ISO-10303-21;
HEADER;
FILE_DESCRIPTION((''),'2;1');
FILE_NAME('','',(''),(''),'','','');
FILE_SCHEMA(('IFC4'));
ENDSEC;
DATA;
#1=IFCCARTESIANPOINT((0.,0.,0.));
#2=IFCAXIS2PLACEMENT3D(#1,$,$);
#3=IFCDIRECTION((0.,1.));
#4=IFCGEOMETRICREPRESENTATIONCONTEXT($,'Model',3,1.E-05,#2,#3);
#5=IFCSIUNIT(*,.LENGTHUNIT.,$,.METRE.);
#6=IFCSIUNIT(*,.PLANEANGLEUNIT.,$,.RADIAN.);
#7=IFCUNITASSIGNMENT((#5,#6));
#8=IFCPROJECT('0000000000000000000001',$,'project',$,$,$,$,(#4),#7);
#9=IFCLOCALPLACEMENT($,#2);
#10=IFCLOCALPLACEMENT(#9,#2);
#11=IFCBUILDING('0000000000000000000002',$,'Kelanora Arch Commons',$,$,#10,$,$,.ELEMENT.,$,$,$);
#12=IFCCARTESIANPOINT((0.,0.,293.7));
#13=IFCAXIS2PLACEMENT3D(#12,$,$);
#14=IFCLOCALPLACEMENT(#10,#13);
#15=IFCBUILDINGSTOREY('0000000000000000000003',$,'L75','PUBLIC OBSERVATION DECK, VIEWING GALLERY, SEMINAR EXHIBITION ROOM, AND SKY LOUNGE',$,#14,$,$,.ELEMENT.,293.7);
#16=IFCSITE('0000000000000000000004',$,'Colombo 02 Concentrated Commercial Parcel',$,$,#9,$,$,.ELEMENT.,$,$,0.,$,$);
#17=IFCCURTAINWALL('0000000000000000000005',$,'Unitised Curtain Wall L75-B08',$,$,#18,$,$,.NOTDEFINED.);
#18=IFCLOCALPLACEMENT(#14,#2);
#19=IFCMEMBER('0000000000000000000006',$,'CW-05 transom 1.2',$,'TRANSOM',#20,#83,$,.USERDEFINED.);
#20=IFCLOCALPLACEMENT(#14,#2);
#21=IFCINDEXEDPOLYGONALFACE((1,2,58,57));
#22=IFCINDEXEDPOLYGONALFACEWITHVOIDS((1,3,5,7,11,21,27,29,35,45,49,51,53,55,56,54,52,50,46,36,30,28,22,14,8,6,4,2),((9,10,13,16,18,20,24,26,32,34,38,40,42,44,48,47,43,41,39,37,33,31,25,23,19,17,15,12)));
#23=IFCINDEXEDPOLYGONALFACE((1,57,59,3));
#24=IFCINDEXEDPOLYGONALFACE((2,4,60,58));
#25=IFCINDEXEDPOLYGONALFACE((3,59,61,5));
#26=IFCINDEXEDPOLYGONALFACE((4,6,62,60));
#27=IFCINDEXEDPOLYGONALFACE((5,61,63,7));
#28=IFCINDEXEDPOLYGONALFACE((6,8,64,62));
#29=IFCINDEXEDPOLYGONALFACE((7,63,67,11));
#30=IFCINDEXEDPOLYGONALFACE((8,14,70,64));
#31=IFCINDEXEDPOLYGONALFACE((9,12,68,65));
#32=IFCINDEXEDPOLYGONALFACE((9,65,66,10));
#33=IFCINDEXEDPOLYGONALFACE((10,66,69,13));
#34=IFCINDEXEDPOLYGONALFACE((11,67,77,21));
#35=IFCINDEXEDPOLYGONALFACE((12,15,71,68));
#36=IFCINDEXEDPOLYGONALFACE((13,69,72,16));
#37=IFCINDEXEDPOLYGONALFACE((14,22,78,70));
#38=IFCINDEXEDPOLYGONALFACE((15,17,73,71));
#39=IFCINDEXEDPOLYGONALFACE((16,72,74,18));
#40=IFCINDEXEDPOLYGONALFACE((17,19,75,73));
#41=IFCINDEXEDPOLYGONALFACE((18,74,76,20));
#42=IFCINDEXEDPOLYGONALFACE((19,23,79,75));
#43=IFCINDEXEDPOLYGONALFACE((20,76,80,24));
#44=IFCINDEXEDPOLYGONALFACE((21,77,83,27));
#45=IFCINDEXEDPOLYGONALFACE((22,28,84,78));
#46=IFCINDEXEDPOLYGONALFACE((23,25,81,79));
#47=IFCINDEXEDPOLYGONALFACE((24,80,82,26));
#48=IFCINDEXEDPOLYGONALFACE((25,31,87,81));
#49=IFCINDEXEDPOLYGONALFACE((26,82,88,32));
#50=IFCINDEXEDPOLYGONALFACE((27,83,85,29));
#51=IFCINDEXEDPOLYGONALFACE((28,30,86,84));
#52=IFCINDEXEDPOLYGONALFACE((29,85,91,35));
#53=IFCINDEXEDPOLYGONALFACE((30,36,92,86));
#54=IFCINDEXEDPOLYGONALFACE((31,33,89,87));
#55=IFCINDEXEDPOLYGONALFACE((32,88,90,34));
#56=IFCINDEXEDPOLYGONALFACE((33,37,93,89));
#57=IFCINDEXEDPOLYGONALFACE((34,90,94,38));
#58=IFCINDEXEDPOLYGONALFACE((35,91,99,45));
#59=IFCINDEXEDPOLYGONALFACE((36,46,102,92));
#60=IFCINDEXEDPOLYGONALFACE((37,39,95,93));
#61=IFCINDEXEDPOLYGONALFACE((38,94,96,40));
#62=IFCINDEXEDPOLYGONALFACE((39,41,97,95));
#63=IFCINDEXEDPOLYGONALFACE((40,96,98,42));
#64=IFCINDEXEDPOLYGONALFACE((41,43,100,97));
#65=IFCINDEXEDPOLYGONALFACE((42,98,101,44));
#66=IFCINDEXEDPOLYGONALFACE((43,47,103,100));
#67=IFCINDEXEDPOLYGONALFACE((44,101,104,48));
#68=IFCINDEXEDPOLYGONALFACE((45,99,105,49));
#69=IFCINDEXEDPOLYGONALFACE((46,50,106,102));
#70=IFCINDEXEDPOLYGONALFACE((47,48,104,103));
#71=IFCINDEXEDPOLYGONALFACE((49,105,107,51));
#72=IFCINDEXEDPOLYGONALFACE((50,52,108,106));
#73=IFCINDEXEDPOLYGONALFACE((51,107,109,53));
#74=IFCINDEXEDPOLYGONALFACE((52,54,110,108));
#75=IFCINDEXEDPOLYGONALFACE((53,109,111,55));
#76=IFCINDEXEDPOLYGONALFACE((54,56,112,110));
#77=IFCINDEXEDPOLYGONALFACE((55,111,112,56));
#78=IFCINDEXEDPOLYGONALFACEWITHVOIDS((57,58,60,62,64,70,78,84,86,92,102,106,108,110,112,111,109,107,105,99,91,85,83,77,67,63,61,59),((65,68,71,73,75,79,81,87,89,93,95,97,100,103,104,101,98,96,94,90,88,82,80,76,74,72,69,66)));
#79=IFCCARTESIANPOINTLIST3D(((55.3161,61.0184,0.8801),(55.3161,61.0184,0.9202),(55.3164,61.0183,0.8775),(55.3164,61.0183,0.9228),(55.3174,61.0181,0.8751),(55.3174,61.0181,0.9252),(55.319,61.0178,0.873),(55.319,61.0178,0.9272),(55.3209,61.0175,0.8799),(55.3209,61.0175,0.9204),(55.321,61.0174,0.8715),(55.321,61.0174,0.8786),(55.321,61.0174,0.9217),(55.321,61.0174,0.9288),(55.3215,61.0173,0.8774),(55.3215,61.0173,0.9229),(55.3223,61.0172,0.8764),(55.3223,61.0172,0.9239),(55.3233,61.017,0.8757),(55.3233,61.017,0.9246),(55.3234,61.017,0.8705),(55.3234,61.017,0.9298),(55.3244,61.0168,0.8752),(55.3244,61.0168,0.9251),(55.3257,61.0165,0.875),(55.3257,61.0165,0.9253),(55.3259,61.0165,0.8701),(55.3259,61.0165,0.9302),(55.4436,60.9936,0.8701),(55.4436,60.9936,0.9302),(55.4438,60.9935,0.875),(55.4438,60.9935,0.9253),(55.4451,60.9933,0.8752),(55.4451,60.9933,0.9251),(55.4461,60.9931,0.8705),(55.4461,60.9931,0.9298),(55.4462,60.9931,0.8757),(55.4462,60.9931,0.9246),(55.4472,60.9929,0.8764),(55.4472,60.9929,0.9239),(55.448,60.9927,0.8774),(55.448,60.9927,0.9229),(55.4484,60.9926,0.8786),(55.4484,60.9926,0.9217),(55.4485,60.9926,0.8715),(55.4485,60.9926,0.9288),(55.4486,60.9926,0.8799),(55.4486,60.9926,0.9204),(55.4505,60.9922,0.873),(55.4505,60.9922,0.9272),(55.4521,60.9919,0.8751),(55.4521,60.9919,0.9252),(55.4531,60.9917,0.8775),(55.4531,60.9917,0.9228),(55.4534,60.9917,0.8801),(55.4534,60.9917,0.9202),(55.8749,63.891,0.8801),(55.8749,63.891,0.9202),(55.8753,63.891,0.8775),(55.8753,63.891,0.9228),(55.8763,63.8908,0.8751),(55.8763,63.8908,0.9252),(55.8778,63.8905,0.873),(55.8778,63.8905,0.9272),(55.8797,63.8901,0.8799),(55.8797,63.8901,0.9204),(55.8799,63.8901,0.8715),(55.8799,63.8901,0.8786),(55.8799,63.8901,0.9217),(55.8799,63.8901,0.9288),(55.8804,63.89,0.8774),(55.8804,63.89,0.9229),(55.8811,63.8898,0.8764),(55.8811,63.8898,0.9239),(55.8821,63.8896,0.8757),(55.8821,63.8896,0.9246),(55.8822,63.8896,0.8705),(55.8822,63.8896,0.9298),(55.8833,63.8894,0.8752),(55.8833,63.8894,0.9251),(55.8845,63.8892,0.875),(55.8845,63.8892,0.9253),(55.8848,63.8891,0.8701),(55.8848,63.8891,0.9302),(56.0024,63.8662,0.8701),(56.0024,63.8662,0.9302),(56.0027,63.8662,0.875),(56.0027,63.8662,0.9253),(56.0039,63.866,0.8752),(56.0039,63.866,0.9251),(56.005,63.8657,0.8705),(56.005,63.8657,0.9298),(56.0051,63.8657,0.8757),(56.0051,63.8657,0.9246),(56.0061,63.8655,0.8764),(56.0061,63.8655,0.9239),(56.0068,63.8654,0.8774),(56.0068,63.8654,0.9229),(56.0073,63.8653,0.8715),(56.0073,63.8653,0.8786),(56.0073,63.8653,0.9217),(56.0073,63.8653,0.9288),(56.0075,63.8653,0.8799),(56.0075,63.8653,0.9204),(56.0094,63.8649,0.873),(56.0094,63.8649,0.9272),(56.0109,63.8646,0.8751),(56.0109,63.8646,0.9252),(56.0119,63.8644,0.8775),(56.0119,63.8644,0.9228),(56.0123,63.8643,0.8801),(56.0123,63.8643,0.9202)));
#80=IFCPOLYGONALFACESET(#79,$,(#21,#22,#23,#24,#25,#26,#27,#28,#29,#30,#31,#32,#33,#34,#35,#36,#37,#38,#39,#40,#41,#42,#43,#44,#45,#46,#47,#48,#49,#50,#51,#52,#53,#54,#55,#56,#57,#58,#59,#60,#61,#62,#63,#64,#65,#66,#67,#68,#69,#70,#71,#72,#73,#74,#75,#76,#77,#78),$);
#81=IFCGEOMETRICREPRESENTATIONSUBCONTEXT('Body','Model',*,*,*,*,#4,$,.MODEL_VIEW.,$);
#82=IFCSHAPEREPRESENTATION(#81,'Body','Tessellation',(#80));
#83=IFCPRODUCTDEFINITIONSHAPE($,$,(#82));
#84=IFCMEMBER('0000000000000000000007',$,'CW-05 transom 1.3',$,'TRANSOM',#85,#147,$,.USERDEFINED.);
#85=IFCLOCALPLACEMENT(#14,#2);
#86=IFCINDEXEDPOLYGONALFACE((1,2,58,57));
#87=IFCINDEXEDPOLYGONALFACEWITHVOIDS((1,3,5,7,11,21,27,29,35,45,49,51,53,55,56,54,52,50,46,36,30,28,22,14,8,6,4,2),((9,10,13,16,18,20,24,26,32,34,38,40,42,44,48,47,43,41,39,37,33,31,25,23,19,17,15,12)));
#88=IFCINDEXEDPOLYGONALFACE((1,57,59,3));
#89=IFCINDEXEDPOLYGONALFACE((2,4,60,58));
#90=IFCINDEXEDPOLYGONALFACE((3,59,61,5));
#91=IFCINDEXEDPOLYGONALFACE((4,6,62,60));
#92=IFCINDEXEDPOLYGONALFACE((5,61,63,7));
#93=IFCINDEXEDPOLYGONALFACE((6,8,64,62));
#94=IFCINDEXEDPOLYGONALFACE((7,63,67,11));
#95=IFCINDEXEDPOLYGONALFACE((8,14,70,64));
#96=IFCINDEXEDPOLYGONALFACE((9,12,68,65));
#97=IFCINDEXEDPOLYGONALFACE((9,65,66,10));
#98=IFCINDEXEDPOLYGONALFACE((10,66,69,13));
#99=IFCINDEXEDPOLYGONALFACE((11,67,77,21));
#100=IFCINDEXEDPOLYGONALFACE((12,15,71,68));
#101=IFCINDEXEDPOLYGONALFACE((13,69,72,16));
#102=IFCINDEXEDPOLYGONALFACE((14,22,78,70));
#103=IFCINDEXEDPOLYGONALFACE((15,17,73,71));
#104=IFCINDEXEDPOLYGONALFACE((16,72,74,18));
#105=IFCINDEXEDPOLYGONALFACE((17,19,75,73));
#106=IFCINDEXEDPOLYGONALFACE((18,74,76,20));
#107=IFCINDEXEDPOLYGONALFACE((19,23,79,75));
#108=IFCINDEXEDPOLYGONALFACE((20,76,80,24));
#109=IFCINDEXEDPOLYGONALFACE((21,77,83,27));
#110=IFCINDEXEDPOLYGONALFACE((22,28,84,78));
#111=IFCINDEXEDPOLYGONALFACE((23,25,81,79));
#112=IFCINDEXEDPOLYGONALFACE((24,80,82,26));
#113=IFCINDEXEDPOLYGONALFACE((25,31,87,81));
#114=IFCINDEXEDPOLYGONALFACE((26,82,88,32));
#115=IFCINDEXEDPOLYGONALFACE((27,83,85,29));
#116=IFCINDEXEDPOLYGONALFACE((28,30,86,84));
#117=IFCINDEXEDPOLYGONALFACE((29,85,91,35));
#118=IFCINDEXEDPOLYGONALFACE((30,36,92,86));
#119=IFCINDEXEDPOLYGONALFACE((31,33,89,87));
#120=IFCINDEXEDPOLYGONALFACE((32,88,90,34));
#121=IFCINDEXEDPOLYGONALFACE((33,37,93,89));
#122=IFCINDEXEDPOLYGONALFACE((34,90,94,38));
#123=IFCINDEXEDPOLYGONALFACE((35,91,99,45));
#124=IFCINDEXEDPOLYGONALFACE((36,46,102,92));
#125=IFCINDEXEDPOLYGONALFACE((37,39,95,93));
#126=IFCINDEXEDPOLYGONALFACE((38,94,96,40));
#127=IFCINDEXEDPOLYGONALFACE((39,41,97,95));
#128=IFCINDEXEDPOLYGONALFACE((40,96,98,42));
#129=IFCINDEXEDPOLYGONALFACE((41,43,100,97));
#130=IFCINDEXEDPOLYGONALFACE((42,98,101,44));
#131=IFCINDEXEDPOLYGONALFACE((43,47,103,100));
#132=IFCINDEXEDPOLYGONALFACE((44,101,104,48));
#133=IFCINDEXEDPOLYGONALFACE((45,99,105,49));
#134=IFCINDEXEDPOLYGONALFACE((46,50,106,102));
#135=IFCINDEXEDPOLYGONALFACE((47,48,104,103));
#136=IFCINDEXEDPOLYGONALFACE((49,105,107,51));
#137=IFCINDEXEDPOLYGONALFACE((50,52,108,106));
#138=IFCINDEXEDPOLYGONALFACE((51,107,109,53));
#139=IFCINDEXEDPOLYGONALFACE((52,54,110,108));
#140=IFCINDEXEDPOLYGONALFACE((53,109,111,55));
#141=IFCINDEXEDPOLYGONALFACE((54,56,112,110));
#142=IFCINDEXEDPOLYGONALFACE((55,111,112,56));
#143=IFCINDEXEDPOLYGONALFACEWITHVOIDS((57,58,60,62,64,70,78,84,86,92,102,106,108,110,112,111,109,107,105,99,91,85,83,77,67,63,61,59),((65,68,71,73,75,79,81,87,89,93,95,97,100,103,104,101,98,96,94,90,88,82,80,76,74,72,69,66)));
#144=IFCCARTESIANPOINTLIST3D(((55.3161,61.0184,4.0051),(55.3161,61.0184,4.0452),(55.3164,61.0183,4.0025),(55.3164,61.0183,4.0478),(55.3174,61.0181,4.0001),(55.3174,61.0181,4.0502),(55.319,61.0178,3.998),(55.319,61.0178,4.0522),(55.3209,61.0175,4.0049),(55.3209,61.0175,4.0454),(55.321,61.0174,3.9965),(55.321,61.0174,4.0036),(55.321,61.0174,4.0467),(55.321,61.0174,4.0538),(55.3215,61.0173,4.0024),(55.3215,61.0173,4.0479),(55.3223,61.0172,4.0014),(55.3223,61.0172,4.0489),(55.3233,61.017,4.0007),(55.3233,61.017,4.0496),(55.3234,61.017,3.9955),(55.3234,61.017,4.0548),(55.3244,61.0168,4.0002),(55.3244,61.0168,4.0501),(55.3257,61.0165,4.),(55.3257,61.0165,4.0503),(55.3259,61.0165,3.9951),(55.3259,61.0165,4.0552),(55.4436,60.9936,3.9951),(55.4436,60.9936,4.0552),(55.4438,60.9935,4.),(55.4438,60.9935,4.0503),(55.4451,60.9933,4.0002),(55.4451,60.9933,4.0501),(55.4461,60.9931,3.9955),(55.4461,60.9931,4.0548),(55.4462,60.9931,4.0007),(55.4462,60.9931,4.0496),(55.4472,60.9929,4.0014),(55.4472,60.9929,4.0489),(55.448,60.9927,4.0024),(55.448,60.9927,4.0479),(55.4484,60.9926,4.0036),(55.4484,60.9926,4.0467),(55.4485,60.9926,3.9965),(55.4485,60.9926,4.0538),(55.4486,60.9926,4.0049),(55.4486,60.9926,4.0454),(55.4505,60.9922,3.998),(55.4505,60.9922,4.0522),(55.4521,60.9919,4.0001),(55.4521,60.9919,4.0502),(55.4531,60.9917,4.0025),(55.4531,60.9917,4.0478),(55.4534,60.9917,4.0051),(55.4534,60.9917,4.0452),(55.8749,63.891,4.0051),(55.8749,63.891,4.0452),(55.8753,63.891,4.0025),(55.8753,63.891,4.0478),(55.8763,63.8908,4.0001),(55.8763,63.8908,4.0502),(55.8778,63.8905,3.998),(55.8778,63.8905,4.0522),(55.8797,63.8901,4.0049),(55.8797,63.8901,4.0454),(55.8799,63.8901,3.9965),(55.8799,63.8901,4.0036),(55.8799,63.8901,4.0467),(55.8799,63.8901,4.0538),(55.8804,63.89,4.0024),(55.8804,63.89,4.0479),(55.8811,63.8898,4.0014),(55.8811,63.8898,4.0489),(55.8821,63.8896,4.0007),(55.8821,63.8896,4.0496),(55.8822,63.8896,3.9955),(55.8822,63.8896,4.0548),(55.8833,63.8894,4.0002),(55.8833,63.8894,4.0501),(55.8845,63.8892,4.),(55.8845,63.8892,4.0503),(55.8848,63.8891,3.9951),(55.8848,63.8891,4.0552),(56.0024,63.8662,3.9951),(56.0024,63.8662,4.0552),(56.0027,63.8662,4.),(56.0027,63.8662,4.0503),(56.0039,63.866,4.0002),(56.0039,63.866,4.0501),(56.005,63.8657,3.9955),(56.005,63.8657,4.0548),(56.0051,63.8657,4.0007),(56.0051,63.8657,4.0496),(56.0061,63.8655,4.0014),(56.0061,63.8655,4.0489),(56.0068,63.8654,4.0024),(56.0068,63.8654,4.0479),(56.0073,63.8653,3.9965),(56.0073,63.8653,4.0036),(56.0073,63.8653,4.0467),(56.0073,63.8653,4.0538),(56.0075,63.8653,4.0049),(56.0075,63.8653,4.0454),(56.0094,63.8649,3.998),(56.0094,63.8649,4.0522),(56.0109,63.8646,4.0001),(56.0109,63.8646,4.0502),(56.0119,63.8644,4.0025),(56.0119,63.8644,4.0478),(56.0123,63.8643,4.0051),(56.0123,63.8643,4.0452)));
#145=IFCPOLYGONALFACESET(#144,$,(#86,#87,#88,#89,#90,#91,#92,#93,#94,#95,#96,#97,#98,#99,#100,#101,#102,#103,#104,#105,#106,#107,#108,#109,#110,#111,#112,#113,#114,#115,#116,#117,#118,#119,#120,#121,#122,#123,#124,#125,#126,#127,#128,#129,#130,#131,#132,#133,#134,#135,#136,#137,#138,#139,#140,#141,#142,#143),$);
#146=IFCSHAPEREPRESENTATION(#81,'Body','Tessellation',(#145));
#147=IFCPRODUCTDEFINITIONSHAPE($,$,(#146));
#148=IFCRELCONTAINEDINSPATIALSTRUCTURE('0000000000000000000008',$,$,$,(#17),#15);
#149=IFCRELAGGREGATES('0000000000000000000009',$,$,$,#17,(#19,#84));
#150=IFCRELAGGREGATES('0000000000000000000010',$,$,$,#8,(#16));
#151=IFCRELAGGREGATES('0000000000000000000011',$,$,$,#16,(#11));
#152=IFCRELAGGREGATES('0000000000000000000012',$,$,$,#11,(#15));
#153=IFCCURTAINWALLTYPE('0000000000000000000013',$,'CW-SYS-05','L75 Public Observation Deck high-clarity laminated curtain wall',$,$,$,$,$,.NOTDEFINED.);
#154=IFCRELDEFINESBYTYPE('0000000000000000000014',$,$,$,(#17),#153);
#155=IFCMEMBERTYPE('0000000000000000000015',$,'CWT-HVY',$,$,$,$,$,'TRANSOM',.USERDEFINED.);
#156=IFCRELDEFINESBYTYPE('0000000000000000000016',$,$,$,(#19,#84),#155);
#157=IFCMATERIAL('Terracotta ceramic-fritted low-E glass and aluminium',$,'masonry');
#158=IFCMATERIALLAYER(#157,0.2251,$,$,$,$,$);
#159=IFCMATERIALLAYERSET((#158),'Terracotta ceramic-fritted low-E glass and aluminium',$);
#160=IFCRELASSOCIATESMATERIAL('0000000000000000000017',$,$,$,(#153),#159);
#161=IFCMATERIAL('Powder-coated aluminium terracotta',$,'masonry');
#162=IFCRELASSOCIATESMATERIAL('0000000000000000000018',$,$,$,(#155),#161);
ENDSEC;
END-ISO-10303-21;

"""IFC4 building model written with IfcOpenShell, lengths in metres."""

from ifc_helpers import new_model, si_unit, direction, frame, origin, origin_2d, place, context, subcontext, project, spatial, hollow_rectangle, extrude, material, layer, layer_set, material_profile, profile_set, type_object, element, aggregate, save


model = new_model("IFC4")

# Units and contexts
model_context = context("Model", 3, precision=1e-05, world=origin(), true_north=direction((0.0, 1.0)))
body_context = subcontext(model_context, "Body", "Model", "MODEL_VIEW")
ifc_project = project(units=[si_unit("LENGTHUNIT", "METRE"), si_unit("PLANEANGLEUNIT", "RADIAN")], contexts=[model_context])

# Site, building, storey
site_placement = place(None, origin())
site = spatial("IfcSite", under=ifc_project, at=site_placement, Name="Colombo 02 Concentrated Commercial Parcel", CompositionType="ELEMENT", RefElevation=0.0)
building_placement = place(site_placement, origin())
building = spatial("IfcBuilding", under=site, at=building_placement, Name="Kelanora Arch Commons", CompositionType="ELEMENT")
storey_placement = place(building_placement, frame((0.0, 0.0, 293.7)))
storey = spatial("IfcBuildingStorey", under=building, at=storey_placement, Name="L75", Description="PUBLIC OBSERVATION DECK, VIEWING GALLERY, SEMINAR EXHIBITION ROOM, AND SKY LOUNGE", CompositionType="ELEMENT", Elevation=293.7)

# Shared definitions
ifc_material_1 = material(Name="Terracotta ceramic-fritted low-E glass and aluminium", Category="masonry")
ifc_layer_1 = layer(ifc_material_1, 0.2251)
ifc_layer_set_1 = layer_set([ifc_layer_1], Name="Terracotta ceramic-fritted low-E glass and aluminium")
curtain_wall_type = type_object("IfcCurtainWallType", Name="CW-SYS-05", Description="L75 Public Observation Deck high-clarity laminated curtain wall", PredefinedType="NOTDEFINED", material=ifc_layer_set_1)
ifc_material_2 = material(Name="Powder-coated aluminium terracotta", Category="masonry")

# Curtain wall
curtain_wall_1_placement = place(storey_placement, origin())
curtain_wall_1 = element("IfcCurtainWall", 1, at=curtain_wall_1_placement, inside=storey, type_object=curtain_wall_type, Name="Unitised Curtain Wall L75-B08", PredefinedType="NOTDEFINED")

# Members
ifc_material_profile_1 = material_profile(ifc_material_2, hollow_rectangle(XDim=0.1399, YDim=0.0601, WallThickness=0.0049, InnerFilletRadius=0.0049, OuterFilletRadius=0.01, at=origin_2d()), Name="CWT140x60")
ifc_profile_set_1 = profile_set([ifc_material_profile_1], Name="Powder-coated aluminium terracotta")
member_type_1 = type_object("IfcMemberType", Name="CWT-HVY", ElementType="TRANSOM", PredefinedType="USERDEFINED", material=ifc_profile_set_1)
member_1_placement = place(storey_placement, frame((55.9436, 63.8777, 0.9001), z_axis=(-0.190963, -0.981597, 0.0), x_axis=(0.981597, -0.190963, 0.0)))
member_1 = element("IfcMember", 2, at=member_1_placement, type_object=member_type_1, Name="CW-05 transom 1.2", ObjectType="TRANSOM", PredefinedType="USERDEFINED", context=body_context, shape_type="SweptSolid", body=[
    extrude(hollow_rectangle(XDim=0.1399, YDim=0.0601, WallThickness=0.0049, InnerFilletRadius=0.0049, OuterFilletRadius=0.01, at=origin_2d()), origin(), (0.0, 0.0, 1.0), 2.9265),
])
member_2_placement = place(storey_placement, frame((55.9436, 63.8777, 4.0251), z_axis=(-0.190963, -0.981597, 0.0), x_axis=(0.981597, -0.190963, 0.0)))
member_2 = element("IfcMember", 3, at=member_2_placement, type_object=member_type_1, Name="CW-05 transom 1.3", ObjectType="TRANSOM", PredefinedType="USERDEFINED", context=body_context, shape_type="SweptSolid", body=[
    extrude(hollow_rectangle(XDim=0.1399, YDim=0.0601, WallThickness=0.0049, InnerFilletRadius=0.0049, OuterFilletRadius=0.01, at=origin_2d()), origin(), (0.0, 0.0, 1.0), 2.9265),
])

aggregate(curtain_wall_1, [member_1, member_2])

save(model, "model.ifc")
